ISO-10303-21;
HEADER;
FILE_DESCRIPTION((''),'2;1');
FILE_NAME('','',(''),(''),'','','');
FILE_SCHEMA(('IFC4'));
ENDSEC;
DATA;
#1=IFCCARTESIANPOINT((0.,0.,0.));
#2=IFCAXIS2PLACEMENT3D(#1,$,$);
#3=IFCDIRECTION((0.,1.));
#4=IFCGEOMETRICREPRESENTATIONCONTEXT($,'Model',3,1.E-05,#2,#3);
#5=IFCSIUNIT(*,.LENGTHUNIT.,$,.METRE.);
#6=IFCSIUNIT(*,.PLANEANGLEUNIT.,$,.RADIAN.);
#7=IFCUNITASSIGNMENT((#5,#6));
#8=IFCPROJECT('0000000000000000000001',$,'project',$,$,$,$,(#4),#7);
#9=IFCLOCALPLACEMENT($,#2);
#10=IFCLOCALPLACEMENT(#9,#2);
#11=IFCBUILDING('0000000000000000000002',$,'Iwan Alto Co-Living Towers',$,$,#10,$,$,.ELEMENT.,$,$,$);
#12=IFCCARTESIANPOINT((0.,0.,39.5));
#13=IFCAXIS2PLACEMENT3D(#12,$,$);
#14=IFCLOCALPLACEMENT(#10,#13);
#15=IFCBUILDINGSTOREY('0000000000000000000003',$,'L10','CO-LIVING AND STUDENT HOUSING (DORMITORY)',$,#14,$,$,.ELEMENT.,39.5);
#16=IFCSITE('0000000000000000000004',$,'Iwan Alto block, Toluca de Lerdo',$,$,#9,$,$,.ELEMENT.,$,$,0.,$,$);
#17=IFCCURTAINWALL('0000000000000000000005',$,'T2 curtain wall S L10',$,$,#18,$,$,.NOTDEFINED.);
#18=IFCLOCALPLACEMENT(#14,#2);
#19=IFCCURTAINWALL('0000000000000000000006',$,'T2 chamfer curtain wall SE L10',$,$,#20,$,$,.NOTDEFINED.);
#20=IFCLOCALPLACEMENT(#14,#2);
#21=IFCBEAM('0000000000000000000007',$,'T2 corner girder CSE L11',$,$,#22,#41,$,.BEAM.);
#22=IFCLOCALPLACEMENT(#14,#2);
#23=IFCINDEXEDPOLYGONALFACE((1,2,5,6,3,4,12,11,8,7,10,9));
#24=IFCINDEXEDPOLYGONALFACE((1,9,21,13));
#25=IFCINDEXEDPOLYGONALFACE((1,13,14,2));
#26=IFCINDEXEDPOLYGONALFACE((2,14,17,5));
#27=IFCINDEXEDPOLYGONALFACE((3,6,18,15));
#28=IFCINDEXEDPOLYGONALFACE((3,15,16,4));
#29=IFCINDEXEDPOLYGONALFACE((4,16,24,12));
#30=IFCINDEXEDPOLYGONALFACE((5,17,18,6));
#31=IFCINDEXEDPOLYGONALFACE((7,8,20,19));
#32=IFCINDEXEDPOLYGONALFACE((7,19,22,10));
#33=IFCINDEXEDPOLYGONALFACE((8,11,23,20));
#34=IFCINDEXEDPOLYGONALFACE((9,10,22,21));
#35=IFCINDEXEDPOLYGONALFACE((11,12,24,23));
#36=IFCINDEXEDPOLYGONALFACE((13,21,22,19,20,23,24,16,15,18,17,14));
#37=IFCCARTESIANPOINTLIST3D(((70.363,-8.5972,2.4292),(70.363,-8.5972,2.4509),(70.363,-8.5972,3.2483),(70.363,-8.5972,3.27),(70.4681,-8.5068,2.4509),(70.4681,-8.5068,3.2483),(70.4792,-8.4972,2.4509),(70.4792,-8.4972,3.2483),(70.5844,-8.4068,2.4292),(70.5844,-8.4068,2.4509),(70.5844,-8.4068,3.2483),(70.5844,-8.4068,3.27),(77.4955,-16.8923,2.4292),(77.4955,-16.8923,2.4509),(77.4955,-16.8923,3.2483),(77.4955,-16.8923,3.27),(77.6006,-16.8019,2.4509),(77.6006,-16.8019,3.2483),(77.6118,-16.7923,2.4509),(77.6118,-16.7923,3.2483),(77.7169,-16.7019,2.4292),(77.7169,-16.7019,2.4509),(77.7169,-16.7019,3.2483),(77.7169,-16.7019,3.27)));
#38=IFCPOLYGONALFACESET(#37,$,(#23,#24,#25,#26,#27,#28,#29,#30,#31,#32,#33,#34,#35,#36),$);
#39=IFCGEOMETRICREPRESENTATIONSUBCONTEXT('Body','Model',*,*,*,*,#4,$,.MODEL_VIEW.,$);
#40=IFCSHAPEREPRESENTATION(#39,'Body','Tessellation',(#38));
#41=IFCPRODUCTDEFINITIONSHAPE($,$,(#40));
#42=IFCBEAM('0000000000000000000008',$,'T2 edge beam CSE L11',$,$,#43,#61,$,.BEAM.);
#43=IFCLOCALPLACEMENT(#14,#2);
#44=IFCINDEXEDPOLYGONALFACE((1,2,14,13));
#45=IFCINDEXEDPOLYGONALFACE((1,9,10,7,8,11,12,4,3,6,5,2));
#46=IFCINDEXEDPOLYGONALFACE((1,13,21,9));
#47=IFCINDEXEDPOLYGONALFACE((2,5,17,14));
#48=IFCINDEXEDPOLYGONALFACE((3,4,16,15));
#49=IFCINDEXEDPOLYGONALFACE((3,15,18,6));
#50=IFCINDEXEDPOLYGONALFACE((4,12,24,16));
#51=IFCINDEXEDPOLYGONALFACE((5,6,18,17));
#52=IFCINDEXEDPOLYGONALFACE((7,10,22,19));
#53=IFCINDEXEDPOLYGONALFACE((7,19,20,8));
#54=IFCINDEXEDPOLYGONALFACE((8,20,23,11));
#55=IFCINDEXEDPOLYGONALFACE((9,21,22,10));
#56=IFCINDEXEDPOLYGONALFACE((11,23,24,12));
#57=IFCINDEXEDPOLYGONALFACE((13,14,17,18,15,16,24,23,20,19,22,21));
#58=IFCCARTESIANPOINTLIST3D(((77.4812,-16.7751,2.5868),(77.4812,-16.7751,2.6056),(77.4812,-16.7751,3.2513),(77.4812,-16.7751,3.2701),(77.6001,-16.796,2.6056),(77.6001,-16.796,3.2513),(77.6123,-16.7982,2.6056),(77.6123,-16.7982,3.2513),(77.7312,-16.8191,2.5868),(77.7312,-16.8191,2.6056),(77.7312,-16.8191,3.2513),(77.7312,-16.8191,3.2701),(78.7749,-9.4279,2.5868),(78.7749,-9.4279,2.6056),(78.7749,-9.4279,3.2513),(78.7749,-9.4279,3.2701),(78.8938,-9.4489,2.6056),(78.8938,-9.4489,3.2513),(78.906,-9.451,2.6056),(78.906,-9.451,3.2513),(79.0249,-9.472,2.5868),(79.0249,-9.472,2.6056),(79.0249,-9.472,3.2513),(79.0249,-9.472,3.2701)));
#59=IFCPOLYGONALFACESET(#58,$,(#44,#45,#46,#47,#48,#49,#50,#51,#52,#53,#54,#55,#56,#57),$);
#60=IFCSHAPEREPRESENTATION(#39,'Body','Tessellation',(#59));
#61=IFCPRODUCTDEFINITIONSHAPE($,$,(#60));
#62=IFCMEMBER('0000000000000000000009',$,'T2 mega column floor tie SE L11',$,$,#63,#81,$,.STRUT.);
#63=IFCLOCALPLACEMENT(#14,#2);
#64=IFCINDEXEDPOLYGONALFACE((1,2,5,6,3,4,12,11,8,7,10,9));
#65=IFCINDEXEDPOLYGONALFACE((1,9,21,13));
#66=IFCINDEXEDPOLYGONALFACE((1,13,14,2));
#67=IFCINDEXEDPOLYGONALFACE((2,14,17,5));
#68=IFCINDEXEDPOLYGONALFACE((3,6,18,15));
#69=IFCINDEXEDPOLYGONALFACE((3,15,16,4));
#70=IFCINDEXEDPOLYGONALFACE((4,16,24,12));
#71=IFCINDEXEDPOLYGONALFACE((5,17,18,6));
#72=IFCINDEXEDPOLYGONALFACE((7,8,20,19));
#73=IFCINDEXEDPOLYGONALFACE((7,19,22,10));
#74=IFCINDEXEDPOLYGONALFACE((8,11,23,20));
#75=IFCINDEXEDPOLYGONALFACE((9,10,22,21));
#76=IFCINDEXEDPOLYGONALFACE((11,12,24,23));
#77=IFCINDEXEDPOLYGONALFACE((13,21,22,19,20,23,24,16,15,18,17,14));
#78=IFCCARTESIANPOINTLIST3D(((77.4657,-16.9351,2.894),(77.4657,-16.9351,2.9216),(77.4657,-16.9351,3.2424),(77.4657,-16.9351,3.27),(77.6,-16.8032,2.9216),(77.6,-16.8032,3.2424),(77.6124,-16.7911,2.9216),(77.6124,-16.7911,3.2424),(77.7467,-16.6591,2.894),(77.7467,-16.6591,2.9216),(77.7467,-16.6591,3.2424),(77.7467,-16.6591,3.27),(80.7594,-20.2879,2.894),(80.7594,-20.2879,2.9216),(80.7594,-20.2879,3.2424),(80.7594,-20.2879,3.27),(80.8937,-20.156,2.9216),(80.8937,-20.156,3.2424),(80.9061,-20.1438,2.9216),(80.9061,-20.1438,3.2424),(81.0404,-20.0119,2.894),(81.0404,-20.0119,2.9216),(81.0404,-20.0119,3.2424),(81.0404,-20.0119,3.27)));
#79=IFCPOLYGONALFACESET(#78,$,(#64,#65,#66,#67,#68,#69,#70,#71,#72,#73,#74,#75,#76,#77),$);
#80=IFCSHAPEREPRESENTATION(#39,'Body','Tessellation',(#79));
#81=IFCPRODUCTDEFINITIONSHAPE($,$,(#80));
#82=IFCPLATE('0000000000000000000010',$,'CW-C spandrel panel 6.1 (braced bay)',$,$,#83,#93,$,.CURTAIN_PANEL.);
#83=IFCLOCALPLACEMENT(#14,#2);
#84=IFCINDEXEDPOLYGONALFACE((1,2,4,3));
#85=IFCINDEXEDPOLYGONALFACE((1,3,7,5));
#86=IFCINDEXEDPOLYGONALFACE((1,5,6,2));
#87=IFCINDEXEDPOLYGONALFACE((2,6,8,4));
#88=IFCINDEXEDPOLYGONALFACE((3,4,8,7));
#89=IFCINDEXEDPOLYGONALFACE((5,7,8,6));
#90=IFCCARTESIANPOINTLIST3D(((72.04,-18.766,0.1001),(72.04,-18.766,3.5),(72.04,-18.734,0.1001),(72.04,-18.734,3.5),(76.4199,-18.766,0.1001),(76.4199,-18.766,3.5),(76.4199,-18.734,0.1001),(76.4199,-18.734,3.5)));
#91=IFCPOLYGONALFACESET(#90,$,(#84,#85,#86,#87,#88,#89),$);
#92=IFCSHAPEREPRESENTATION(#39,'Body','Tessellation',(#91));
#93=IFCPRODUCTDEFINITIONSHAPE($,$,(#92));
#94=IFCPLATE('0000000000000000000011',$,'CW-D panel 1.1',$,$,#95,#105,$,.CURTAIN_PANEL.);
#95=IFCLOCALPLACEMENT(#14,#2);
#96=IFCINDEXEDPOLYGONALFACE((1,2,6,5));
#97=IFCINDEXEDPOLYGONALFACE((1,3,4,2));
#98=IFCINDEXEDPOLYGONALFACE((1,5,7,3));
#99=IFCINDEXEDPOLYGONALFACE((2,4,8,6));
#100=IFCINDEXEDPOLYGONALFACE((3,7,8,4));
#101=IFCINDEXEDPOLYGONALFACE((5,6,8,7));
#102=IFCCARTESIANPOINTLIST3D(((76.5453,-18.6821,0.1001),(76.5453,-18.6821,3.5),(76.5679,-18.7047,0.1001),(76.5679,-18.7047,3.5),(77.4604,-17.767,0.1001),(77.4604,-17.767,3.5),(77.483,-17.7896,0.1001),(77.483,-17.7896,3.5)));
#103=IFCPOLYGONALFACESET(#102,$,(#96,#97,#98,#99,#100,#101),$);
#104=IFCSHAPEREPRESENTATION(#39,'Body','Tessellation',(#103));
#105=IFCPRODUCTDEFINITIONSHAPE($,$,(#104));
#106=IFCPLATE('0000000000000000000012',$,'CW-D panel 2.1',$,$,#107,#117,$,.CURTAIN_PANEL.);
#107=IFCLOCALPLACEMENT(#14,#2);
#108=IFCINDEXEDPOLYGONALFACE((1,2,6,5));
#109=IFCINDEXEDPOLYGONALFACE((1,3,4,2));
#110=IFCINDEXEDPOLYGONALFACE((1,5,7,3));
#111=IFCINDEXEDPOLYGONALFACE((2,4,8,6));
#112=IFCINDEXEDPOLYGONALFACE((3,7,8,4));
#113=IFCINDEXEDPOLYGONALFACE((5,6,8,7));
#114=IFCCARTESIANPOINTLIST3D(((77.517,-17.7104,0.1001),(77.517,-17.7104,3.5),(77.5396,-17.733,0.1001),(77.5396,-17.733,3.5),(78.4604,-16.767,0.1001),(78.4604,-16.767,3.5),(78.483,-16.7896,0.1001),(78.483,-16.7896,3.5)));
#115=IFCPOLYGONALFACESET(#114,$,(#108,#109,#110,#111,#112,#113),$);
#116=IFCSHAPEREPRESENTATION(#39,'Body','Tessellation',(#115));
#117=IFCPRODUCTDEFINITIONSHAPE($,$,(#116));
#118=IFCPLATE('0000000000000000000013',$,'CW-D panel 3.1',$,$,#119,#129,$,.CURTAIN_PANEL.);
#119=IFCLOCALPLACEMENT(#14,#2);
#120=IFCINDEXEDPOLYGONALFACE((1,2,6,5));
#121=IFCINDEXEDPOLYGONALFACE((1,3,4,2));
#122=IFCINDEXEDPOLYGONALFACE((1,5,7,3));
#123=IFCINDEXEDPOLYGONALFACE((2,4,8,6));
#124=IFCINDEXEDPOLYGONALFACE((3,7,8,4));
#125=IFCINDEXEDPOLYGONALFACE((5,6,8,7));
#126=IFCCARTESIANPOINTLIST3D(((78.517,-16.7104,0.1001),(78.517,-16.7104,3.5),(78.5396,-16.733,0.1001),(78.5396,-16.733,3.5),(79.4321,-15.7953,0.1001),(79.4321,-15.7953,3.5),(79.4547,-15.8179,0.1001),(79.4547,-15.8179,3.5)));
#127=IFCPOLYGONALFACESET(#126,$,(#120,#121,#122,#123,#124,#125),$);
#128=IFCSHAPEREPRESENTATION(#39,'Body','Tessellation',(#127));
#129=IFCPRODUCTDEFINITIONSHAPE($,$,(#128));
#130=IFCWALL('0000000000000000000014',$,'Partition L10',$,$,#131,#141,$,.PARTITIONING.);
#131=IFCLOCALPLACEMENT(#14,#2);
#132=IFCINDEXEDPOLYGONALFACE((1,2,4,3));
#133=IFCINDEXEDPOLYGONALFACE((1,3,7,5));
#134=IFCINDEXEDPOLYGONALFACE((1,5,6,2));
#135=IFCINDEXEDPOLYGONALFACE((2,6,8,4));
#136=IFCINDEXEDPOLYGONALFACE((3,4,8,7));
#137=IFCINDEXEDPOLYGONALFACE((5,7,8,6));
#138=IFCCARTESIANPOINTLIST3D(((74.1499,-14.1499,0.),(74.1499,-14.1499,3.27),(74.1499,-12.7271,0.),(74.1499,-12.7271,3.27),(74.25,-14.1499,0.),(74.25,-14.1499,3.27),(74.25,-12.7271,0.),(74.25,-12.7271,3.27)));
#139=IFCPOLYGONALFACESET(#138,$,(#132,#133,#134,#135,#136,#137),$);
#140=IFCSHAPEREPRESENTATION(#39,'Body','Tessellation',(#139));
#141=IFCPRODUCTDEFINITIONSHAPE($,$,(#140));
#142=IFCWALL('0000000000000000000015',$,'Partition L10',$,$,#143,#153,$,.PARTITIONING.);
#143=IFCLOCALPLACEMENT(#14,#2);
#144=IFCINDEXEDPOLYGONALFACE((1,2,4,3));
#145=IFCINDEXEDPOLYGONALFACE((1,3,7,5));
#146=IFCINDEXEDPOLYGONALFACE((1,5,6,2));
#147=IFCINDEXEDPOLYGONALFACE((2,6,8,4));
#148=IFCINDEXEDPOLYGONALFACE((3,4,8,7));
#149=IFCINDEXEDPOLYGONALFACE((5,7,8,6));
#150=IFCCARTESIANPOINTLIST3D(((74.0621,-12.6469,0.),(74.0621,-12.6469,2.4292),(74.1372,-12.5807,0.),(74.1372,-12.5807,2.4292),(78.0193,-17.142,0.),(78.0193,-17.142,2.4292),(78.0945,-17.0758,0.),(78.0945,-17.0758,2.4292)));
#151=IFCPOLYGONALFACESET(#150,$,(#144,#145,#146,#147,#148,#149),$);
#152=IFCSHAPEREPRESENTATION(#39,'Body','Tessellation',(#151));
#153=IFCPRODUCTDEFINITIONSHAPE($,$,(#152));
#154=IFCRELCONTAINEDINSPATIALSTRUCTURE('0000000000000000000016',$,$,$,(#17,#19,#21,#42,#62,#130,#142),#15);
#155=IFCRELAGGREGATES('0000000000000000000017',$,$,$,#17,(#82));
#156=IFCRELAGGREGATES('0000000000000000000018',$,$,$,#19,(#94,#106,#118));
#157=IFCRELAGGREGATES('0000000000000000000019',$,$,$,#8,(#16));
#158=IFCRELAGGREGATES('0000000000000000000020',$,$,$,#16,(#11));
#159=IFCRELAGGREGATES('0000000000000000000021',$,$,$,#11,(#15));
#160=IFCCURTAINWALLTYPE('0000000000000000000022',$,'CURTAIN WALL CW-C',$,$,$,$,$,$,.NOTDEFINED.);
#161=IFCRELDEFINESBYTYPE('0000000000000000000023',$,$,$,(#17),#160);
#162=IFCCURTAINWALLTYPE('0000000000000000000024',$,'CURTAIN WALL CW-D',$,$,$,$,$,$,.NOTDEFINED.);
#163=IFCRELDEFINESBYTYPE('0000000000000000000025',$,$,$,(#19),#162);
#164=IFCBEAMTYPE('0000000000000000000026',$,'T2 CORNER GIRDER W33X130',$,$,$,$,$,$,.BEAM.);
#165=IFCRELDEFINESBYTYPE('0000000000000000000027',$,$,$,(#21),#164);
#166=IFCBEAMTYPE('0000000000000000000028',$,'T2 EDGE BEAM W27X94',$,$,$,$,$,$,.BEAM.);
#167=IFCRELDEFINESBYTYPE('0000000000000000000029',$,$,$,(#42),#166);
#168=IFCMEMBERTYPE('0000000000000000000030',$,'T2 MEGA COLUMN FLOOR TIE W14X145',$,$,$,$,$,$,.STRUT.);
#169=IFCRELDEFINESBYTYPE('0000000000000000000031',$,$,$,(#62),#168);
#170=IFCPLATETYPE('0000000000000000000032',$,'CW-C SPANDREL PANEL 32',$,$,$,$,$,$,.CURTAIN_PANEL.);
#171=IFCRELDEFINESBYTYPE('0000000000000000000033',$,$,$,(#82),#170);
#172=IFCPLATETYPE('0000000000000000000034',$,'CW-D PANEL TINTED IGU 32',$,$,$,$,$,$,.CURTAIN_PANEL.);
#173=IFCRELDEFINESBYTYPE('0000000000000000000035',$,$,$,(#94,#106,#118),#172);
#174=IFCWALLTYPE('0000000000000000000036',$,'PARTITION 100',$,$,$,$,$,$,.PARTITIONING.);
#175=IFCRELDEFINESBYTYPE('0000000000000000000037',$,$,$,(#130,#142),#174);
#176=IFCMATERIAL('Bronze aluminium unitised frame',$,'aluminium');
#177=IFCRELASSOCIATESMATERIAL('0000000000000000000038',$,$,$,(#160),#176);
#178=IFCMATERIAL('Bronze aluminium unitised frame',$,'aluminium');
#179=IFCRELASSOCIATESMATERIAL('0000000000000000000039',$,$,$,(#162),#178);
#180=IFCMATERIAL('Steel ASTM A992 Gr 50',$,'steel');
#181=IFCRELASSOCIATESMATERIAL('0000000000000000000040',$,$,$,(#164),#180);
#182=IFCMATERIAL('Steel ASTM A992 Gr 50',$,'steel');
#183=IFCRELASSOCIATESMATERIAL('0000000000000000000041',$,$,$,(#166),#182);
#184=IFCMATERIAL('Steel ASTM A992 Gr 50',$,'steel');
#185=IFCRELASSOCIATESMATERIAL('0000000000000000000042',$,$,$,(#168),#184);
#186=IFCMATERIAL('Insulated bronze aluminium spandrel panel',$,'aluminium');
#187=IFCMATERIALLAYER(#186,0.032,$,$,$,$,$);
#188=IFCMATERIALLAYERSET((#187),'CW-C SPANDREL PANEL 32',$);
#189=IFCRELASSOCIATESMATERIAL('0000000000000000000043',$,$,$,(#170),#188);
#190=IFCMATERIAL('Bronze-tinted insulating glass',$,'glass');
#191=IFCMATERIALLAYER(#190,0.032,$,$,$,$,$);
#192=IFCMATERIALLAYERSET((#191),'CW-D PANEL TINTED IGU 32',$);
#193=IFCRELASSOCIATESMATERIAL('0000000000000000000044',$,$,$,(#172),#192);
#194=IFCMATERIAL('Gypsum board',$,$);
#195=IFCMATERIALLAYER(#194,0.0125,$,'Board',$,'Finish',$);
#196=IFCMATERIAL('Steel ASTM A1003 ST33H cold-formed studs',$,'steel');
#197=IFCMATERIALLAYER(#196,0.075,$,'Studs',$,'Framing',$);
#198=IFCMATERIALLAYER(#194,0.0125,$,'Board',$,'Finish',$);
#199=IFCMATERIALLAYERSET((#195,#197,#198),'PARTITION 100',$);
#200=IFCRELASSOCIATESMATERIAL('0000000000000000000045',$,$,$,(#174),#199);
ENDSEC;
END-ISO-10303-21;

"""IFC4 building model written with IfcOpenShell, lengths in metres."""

from ifc_helpers import new_model, si_unit, direction, frame, frame_2d, origin, origin_2d, place, context, subcontext, project, spatial, rectangle, i_section, extrude, material, layer, layer_set, material_profile, profile_set, type_object, element, aggregate, save


model = new_model("IFC4")

# Units and contexts
model_context = context("Model", 3, precision=1e-05, world=origin(), true_north=direction((0.0, 1.0)))
body_context = subcontext(model_context, "Body", "Model", "MODEL_VIEW")
ifc_project = project(units=[si_unit("LENGTHUNIT", "METRE"), si_unit("PLANEANGLEUNIT", "RADIAN")], contexts=[model_context])

# Site, building, storey
site_placement = place(None, origin())
site = spatial("IfcSite", under=ifc_project, at=site_placement, Name="Iwan Alto block, Toluca de Lerdo", CompositionType="ELEMENT", RefElevation=0.0)
building_placement = place(site_placement, origin())
building = spatial("IfcBuilding", under=site, at=building_placement, Name="Iwan Alto Co-Living Towers", CompositionType="ELEMENT")
storey_placement = place(building_placement, frame((0.0, 0.0, 39.5)))
storey = spatial("IfcBuildingStorey", under=building, at=storey_placement, Name="L10", Description="CO-LIVING AND STUDENT HOUSING (DORMITORY)", CompositionType="ELEMENT", Elevation=39.5)

# Curtain wall
ifc_material_1 = material(Name="Bronze aluminium unitised frame", Category="aluminium")
curtain_wall_type_1 = type_object("IfcCurtainWallType", Name="CURTAIN WALL CW-C", PredefinedType="NOTDEFINED", material=ifc_material_1)
curtain_wall_1_placement = place(storey_placement, origin())
curtain_wall_1 = element("IfcCurtainWall", 1, at=curtain_wall_1_placement, inside=storey, type_object=curtain_wall_type_1, Name="T2 curtain wall S L10", PredefinedType="NOTDEFINED")

# Curtain wall
ifc_material_2 = material(Name="Bronze aluminium unitised frame", Category="aluminium")
curtain_wall_type_2 = type_object("IfcCurtainWallType", Name="CURTAIN WALL CW-D", PredefinedType="NOTDEFINED", material=ifc_material_2)
curtain_wall_2_placement = place(storey_placement, origin())
curtain_wall_2 = element("IfcCurtainWall", 2, at=curtain_wall_2_placement, inside=storey, type_object=curtain_wall_type_2, Name="T2 chamfer curtain wall SE L10", PredefinedType="NOTDEFINED")

# Beams
ifc_material_3 = material(Name="Steel ASTM A992 Gr 50", Category="steel")
ifc_material_profile_1 = material_profile(ifc_material_3, i_section(OverallWidth=0.292, OverallDepth=0.8408, WebThickness=0.0146, FlangeThickness=0.0217, at=origin_2d()), Name="W33X130")
ifc_profile_set_1 = profile_set([ifc_material_profile_1], Name="Steel ASTM A992 Gr 50")
beam_type_1 = type_object("IfcBeamType", Name="T2 CORNER GIRDER W33X130", PredefinedType="BEAM", material=ifc_profile_set_1)
beam_1_placement = place(storey_placement, frame((77.6062, -16.7971, 2.8496), z_axis=(-0.651972, 0.758243, 0.0), x_axis=(-0.758243, -0.651972, 0.0)))
element("IfcBeam", 3, at=beam_1_placement, inside=storey, type_object=beam_type_1, Name="T2 corner girder CSE L11", PredefinedType="BEAM", context=body_context, shape_type="SweptSolid", body=[
    extrude(i_section(OverallWidth=0.292, OverallDepth=0.8408, WebThickness=0.0146, FlangeThickness=0.0217, at=origin_2d()), origin(), (0.0, 0.0, 1.0), 10.9399),
])
ifc_material_4 = material(Name="Steel ASTM A992 Gr 50", Category="steel")
ifc_material_profile_2 = material_profile(ifc_material_4, i_section(OverallWidth=0.2539, OverallDepth=0.6833, WebThickness=0.0125, FlangeThickness=0.0188, at=origin_2d()), Name="W27X94")
ifc_profile_set_2 = profile_set([ifc_material_profile_2], Name="Steel ASTM A992 Gr 50")
beam_type_2 = type_object("IfcBeamType", Name="T2 EDGE BEAM W27X94", PredefinedType="BEAM", material=ifc_profile_set_2)
beam_2_placement = place(storey_placement, frame((77.6062, -16.7971, 2.9285), z_axis=(0.173414, 0.984849, 0.0), x_axis=(-0.984849, 0.173414, 0.0)))
element("IfcBeam", 4, at=beam_2_placement, inside=storey, type_object=beam_type_2, Name="T2 edge beam CSE L11", PredefinedType="BEAM", context=body_context, shape_type="SweptSolid", body=[
    extrude(i_section(OverallWidth=0.2539, OverallDepth=0.6833, WebThickness=0.0125, FlangeThickness=0.0188, at=origin_2d()), origin(), (0.0, 0.0, 1.0), 7.4602),
])

# Member
ifc_material_5 = material(Name="Steel ASTM A992 Gr 50", Category="steel")
ifc_material_profile_3 = material_profile(ifc_material_5, i_section(OverallWidth=0.3938, OverallDepth=0.376, WebThickness=0.0173, FlangeThickness=0.0276, at=origin_2d()), Name="W14X145")
ifc_profile_set_3 = profile_set([ifc_material_profile_3], Name="Steel ASTM A992 Gr 50")
member_type_1 = type_object("IfcMemberType", Name="T2 MEGA COLUMN FLOOR TIE W14X145", PredefinedType="STRUT", material=ifc_profile_set_3)
member_1_placement = place(storey_placement, frame((80.8999, -20.1499, 3.082), z_axis=(-0.700793, 0.713364, 0.0), x_axis=(-0.713364, -0.700793, 0.0)))
element("IfcMember", 5, at=member_1_placement, inside=storey, type_object=member_type_1, Name="T2 mega column floor tie SE L11", PredefinedType="STRUT", context=body_context, shape_type="SweptSolid", body=[
    extrude(i_section(OverallWidth=0.3938, OverallDepth=0.376, WebThickness=0.0173, FlangeThickness=0.0276, at=origin_2d()), origin(), (0.0, 0.0, 1.0), 4.7),
])

# Plates
ifc_material_6 = material(Name="Insulated bronze aluminium spandrel panel", Category="aluminium")
ifc_layer_1 = layer(ifc_material_6, 0.032)
ifc_layer_set_1 = layer_set([ifc_layer_1], Name="CW-C SPANDREL PANEL 32")
plate_type_1 = type_object("IfcPlateType", Name="CW-C SPANDREL PANEL 32", PredefinedType="CURTAIN_PANEL", material=ifc_layer_set_1)
plate_1_placement = place(storey_placement, frame((74.23, -18.75, 0.1001), z_axis=(0.0, 0.0, 1.0), x_axis=(1.0, 0.0, 0.0)))
plate_1 = element("IfcPlate", 6, at=plate_1_placement, type_object=plate_type_1, Name="CW-C spandrel panel 6.1 (braced bay)", PredefinedType="CURTAIN_PANEL", context=body_context, shape_type="SweptSolid", body=[
    extrude(rectangle(XDim=4.3799, YDim=0.032, at=origin_2d()), origin(), (0.0, 0.0, 1.0), 3.3999),
])
aggregate(curtain_wall_1, [plate_1])
ifc_material_7 = material(Name="Bronze-tinted insulating glass", Category="glass")
ifc_layer_2 = layer(ifc_material_7, 0.032)
ifc_layer_set_2 = layer_set([ifc_layer_2], Name="CW-D PANEL TINTED IGU 32")
plate_type_2 = type_object("IfcPlateType", Name="CW-D PANEL TINTED IGU 32", PredefinedType="CURTAIN_PANEL", material=ifc_layer_set_2)
plate_2_placement = place(storey_placement, frame((77.0142, -18.2358, 0.1001), z_axis=(0.0, 0.0, 1.0), x_axis=(0.707107, 0.707107, 0.0)))
plate_2 = element("IfcPlate", 7, at=plate_2_placement, type_object=plate_type_2, Name="CW-D panel 1.1", PredefinedType="CURTAIN_PANEL", context=body_context, shape_type="SweptSolid", body=[
    extrude(rectangle(XDim=1.2942, YDim=0.032, at=origin_2d()), origin(), (0.0, 0.0, 1.0), 3.3999),
])
plate_3_placement = place(storey_placement, frame((78.0, -17.25, 0.1001), z_axis=(0.0, 0.0, 1.0), x_axis=(0.707107, 0.707107, 0.0)))
plate_3 = element("IfcPlate", 8, at=plate_3_placement, type_object=plate_type_2, Name="CW-D panel 2.1", PredefinedType="CURTAIN_PANEL", context=body_context, shape_type="SweptSolid", body=[
    extrude(rectangle(XDim=1.3342, YDim=0.032, at=origin_2d()), origin(), (0.0, 0.0, 1.0), 3.3999),
])
plate_4_placement = place(storey_placement, frame((78.9858, -16.2642, 0.1001), z_axis=(0.0, 0.0, 1.0), x_axis=(0.707107, 0.707107, 0.0)))
plate_4 = element("IfcPlate", 9, at=plate_4_placement, type_object=plate_type_2, Name="CW-D panel 3.1", PredefinedType="CURTAIN_PANEL", context=body_context, shape_type="SweptSolid", body=[
    extrude(rectangle(XDim=1.2942, YDim=0.032, at=origin_2d()), origin(), (0.0, 0.0, 1.0), 3.3999),
])
aggregate(curtain_wall_2, [plate_2, plate_3, plate_4])

# Walls
ifc_material_8 = material(Name="Gypsum board")
ifc_layer_3 = layer(ifc_material_8, 0.0125, Name="Board", Category="Finish")
ifc_material_9 = material(Name="Steel ASTM A1003 ST33H cold-formed studs", Category="steel")
ifc_layer_4 = layer(ifc_material_9, 0.075, Name="Studs", Category="Framing")
ifc_layer_5 = layer(ifc_material_8, 0.0125, Name="Board", Category="Finish")
ifc_layer_set_3 = layer_set([ifc_layer_3, ifc_layer_4, ifc_layer_5], Name="PARTITION 100")
wall_type = type_object("IfcWallType", Name="PARTITION 100", PredefinedType="PARTITIONING", material=ifc_layer_set_3)
wall_1_placement = place(storey_placement, frame((74.2, -14.1499, 0.0), z_axis=(0.0, 0.0, 1.0), x_axis=(0.0, 1.0, 0.0)))
element("IfcWall", 10, at=wall_1_placement, inside=storey, type_object=wall_type, Name="Partition L10", PredefinedType="PARTITIONING", context=body_context, shape_type="SweptSolid", body=[
    extrude(rectangle(XDim=1.4229, YDim=0.1001, at=frame_2d((0.7114, 0.0))), origin(), (0.0, 0.0, 1.0), 3.27),
])
wall_2_placement = place(storey_placement, frame((78.0569, -17.1089, 0.0), z_axis=(0.0, 0.0, 1.0), x_axis=(-0.660776, 0.750583, 0.0)))
element("IfcWall", 11, at=wall_2_placement, inside=storey, type_object=wall_type, Name="Partition L10", PredefinedType="PARTITIONING", context=body_context, shape_type="SweptSolid", body=[
    extrude(rectangle(XDim=5.9888, YDim=0.1001, at=frame_2d((2.9944, 0.0))), origin(), (0.0, 0.0, 1.0), 2.4292),
])

save(model, "model.ifc")
